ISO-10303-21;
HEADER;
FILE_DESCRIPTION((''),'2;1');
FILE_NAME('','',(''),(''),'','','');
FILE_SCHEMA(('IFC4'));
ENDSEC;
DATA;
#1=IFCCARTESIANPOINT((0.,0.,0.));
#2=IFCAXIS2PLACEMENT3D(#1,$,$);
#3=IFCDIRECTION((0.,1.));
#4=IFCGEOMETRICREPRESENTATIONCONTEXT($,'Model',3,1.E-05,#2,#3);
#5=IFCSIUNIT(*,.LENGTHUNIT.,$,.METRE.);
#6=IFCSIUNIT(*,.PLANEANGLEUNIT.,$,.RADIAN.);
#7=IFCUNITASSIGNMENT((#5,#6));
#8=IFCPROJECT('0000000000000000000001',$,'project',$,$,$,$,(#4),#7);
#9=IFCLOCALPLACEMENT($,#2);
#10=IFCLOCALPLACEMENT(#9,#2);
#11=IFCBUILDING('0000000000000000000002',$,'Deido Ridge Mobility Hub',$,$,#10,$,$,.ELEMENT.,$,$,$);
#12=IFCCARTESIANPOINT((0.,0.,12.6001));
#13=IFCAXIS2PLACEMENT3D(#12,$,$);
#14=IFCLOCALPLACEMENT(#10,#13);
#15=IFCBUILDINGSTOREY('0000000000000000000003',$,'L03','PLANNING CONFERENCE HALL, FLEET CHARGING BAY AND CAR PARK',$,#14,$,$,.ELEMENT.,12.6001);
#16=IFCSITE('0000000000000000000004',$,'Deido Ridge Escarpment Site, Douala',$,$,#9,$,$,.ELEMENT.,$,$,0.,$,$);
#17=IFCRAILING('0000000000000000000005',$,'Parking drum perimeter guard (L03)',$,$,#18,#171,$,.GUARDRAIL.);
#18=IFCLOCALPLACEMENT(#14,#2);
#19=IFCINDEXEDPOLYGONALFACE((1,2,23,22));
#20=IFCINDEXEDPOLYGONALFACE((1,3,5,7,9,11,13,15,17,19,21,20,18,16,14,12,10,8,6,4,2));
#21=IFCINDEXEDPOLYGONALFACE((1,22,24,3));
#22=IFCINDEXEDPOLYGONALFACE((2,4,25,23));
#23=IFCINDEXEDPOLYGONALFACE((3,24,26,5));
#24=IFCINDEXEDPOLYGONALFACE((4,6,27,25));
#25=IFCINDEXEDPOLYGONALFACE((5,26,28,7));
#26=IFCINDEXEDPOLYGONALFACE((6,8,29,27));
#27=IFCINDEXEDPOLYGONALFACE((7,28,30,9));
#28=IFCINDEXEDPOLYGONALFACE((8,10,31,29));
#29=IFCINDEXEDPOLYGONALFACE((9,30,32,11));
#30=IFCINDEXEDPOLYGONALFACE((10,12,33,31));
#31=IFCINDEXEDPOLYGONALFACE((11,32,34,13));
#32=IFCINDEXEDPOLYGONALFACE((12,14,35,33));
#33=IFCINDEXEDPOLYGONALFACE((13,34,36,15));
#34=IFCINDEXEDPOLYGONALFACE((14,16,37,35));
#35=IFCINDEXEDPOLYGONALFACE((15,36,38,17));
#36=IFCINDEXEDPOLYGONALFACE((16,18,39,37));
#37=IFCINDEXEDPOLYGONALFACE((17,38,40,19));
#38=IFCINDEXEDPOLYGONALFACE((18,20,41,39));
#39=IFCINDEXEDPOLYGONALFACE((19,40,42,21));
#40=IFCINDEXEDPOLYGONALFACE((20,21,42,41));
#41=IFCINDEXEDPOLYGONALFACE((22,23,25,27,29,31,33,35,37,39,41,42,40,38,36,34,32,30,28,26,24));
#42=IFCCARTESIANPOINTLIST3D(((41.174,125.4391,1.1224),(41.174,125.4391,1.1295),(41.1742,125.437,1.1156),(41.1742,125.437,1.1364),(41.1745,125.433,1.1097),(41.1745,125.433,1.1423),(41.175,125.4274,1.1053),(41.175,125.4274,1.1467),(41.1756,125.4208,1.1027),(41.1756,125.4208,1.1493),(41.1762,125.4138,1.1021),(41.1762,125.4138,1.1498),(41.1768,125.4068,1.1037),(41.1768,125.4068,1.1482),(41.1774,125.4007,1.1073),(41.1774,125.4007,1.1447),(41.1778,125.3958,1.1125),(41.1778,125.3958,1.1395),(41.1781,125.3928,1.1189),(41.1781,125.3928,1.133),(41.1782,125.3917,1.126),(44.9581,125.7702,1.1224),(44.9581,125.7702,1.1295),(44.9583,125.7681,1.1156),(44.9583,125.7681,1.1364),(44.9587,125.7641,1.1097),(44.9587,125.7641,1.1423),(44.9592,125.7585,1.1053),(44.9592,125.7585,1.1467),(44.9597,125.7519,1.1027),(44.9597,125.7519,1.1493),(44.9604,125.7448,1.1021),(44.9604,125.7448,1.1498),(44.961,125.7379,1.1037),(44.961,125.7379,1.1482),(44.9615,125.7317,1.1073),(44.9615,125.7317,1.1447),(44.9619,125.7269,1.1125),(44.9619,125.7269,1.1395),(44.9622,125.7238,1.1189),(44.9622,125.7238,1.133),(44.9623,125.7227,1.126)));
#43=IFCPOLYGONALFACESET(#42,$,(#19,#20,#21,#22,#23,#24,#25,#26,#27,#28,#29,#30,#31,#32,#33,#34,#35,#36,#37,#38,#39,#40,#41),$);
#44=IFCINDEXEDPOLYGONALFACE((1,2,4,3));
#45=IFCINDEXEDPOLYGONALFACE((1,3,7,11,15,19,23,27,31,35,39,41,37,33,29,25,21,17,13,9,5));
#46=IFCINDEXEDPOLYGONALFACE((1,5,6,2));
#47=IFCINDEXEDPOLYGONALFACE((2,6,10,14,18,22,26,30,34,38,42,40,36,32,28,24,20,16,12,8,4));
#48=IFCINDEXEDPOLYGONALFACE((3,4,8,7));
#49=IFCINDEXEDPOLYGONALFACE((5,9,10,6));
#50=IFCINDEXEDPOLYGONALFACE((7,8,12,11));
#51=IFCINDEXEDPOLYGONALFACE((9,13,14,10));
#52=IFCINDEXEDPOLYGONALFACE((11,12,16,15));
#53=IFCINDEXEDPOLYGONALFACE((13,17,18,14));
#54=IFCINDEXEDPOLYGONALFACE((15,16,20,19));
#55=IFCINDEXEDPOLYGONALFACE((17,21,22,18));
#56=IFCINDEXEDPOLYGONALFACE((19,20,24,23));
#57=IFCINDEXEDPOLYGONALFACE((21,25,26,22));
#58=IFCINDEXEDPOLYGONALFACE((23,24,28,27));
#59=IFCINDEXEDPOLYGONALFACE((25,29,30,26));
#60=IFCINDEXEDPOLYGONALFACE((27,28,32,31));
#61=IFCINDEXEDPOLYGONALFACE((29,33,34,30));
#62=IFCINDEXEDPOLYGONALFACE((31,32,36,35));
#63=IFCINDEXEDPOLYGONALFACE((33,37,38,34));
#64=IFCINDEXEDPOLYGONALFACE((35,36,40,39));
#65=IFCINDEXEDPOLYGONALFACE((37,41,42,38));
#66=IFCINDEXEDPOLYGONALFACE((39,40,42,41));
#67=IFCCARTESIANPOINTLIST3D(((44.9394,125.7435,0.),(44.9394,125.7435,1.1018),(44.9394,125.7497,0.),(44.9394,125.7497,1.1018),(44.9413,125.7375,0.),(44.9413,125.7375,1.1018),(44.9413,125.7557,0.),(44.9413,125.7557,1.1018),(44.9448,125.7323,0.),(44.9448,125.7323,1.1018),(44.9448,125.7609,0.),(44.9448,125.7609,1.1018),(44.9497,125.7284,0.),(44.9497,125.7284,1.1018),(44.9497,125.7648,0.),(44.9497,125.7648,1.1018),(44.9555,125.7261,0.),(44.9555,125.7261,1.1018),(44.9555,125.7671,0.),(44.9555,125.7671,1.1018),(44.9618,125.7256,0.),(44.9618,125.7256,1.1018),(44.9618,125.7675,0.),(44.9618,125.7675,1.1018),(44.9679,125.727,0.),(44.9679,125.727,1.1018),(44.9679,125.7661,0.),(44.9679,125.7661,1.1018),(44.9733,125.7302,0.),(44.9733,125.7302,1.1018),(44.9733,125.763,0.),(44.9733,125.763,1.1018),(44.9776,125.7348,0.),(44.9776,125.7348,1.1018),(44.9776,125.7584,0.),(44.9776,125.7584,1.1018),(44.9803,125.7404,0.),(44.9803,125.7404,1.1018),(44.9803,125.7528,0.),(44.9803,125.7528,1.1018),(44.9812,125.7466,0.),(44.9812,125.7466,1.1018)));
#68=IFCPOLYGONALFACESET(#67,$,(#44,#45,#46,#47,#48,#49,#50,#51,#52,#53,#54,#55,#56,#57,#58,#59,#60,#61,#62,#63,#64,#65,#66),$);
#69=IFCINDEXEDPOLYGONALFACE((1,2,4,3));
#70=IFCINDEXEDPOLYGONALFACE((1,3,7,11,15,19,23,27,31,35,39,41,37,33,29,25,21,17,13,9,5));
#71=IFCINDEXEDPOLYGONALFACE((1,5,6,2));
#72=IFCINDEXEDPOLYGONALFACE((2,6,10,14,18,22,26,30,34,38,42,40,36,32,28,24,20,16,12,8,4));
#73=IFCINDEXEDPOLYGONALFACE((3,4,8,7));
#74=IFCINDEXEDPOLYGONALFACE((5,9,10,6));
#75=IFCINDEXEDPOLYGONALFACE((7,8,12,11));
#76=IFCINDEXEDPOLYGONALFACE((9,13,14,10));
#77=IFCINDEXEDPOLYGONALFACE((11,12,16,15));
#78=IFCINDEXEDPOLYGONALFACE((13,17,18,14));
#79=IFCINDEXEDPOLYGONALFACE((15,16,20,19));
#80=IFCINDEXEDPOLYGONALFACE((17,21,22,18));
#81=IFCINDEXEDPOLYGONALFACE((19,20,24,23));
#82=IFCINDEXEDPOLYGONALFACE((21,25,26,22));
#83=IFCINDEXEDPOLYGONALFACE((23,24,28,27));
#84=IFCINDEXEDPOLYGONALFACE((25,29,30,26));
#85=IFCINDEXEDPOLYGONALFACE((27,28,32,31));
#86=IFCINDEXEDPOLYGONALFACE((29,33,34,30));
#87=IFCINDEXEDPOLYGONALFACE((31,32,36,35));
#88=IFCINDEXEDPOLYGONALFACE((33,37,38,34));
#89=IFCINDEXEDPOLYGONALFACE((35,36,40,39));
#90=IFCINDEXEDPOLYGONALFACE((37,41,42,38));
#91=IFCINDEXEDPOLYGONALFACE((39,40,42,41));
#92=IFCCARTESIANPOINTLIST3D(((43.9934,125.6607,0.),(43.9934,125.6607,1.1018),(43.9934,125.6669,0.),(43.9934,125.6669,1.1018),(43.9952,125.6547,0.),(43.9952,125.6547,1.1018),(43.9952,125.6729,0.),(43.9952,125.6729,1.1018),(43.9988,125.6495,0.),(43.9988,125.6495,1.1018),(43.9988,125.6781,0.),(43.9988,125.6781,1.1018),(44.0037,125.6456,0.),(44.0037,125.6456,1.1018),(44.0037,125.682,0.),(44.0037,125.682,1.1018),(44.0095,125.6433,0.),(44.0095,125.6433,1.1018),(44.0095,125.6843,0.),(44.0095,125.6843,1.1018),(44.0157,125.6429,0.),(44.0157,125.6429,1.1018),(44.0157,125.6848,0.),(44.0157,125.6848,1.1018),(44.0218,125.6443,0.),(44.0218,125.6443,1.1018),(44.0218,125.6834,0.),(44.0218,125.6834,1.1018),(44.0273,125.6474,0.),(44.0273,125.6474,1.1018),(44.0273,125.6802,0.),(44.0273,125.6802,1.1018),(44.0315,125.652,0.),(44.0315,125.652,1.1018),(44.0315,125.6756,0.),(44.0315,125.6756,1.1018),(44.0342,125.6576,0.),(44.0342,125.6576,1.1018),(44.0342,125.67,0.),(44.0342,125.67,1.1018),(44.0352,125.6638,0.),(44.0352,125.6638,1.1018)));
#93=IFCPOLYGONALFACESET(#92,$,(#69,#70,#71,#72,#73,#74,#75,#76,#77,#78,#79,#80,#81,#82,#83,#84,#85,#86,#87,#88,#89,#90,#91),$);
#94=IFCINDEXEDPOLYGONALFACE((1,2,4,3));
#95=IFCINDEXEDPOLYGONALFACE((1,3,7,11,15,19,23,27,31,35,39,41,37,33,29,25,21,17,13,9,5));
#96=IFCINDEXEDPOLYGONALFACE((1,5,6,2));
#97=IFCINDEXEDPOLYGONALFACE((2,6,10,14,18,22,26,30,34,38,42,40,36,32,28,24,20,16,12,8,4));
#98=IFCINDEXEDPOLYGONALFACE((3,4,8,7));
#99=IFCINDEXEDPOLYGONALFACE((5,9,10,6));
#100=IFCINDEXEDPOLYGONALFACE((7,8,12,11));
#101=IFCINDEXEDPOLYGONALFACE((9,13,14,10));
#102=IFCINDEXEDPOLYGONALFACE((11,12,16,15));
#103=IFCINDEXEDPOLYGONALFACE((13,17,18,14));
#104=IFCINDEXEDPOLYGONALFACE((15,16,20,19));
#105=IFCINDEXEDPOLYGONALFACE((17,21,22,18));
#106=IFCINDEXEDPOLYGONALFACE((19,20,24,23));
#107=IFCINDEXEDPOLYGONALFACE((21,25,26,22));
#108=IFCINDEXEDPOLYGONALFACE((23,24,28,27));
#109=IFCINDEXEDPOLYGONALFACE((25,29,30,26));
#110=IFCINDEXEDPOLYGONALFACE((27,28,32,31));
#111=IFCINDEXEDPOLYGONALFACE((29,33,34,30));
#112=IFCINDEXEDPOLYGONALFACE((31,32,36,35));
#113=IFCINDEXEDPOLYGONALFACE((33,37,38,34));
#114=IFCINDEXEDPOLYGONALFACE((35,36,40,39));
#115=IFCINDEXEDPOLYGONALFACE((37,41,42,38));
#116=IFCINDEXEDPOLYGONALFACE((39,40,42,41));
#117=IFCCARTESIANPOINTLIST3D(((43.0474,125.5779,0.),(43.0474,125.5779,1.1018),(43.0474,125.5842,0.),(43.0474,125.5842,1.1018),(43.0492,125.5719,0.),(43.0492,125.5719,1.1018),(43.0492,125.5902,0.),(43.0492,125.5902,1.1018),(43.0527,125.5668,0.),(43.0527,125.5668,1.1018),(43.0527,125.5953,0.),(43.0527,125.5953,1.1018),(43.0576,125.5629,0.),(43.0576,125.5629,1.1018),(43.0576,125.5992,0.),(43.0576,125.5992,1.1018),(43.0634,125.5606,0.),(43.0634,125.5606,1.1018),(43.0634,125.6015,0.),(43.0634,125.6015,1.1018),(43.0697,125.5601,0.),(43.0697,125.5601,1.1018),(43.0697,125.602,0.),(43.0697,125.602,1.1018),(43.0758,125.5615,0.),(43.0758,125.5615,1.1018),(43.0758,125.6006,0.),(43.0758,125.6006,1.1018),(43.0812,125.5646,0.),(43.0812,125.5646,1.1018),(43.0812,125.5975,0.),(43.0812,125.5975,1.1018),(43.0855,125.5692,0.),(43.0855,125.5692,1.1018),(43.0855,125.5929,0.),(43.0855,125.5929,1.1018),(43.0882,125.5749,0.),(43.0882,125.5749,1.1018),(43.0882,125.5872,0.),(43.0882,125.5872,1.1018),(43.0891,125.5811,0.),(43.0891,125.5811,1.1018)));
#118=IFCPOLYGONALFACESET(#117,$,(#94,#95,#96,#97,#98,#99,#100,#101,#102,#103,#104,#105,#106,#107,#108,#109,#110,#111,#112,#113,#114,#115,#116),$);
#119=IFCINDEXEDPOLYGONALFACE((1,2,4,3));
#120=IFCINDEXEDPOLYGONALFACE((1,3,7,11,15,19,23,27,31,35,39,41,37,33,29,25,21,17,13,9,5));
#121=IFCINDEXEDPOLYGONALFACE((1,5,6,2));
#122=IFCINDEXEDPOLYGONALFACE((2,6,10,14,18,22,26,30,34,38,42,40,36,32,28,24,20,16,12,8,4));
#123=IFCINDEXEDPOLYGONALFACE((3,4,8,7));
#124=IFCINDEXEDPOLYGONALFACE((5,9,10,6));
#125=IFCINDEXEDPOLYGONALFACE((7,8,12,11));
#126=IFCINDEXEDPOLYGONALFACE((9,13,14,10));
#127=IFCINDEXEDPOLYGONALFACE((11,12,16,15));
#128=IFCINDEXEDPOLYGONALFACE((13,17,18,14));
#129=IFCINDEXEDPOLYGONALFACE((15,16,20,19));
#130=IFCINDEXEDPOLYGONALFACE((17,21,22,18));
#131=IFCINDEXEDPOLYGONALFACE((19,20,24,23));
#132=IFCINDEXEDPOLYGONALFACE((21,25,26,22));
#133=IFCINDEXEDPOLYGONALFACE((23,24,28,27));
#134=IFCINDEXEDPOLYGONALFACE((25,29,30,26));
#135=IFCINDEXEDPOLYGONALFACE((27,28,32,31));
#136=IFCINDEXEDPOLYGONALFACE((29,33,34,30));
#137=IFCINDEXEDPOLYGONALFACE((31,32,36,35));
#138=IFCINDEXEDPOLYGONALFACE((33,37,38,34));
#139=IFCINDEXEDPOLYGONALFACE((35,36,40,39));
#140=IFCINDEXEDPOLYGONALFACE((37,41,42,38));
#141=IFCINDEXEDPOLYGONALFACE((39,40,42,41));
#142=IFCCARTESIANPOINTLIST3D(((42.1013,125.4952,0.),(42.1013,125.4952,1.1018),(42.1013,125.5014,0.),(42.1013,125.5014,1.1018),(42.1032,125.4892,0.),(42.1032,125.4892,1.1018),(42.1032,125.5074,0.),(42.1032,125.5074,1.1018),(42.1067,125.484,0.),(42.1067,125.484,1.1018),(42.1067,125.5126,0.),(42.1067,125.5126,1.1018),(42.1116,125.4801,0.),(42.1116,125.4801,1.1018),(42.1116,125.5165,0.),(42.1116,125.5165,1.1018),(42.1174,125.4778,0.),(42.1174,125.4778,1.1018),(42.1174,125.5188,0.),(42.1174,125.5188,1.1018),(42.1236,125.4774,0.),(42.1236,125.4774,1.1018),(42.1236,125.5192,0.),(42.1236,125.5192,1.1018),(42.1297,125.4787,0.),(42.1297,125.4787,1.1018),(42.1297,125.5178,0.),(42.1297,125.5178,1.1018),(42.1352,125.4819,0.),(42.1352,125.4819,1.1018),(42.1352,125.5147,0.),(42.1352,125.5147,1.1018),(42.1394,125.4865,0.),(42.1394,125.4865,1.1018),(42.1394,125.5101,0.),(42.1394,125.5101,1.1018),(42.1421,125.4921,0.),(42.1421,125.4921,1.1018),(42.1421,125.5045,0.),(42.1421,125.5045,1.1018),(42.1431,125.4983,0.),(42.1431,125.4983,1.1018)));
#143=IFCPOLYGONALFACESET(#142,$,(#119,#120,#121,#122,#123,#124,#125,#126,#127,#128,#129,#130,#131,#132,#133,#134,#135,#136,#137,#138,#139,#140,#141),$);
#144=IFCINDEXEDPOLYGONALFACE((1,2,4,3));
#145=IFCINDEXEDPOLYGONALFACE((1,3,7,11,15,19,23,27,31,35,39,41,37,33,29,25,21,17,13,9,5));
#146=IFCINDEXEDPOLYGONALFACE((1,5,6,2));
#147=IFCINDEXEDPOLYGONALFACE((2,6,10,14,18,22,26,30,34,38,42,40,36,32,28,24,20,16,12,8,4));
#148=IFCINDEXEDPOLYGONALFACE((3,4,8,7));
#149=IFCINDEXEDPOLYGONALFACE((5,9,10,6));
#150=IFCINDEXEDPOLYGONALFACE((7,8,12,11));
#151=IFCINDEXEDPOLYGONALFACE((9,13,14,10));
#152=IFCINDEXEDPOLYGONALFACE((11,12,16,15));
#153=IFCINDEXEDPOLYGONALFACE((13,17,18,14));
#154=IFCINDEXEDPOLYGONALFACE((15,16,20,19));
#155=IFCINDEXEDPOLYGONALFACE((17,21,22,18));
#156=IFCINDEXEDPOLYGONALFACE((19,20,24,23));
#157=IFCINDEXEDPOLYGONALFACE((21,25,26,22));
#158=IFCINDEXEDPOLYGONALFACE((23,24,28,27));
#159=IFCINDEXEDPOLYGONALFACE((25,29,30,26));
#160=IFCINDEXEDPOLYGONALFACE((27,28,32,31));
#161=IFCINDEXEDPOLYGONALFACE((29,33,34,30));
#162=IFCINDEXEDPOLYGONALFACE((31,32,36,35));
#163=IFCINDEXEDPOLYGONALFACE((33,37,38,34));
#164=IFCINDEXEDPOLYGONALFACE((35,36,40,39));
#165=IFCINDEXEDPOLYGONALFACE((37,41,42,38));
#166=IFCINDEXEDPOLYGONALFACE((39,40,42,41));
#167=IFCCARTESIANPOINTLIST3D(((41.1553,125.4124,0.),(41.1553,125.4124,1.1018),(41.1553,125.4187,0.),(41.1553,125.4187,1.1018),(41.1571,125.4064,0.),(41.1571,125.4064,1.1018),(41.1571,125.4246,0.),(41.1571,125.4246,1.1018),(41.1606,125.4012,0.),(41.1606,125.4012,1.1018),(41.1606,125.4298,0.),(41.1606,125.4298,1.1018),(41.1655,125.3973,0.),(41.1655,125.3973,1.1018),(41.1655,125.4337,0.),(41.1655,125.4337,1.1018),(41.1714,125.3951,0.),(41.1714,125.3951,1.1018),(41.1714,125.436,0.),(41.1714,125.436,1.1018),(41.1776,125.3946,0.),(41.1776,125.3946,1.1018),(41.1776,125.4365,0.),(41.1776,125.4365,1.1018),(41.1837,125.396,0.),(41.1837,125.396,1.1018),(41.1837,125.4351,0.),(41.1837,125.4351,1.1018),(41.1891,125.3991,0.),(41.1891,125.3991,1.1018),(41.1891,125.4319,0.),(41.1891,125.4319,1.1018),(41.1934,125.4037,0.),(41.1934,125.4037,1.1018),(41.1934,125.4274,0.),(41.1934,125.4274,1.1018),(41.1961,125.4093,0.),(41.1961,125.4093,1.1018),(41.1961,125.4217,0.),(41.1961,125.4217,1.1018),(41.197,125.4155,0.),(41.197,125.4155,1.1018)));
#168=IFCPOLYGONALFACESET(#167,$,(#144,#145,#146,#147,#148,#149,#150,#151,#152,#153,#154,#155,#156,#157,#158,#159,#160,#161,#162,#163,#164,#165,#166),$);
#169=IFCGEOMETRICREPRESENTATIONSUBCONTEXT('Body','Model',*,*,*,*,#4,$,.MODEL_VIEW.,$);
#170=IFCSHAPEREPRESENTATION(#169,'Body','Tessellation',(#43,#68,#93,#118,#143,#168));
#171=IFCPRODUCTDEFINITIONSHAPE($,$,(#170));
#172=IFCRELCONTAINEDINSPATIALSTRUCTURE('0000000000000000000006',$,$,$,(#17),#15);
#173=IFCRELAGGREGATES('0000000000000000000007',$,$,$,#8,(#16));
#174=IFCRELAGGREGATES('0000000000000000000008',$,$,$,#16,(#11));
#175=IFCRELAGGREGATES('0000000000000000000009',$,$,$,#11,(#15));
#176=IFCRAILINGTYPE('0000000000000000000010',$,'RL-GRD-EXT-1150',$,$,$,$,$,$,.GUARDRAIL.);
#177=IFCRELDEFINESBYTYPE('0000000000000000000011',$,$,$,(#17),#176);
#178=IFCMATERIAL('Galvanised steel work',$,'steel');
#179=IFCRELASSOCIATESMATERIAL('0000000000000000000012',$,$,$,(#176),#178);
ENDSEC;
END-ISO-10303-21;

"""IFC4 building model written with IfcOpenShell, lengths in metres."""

from ifc_helpers import new_model, si_unit, direction, frame, origin, origin_2d, place, context, subcontext, project, spatial, circle, extrude, material, type_object, element, save


model = new_model("IFC4")

# Units and contexts
model_context = context("Model", 3, precision=1e-05, world=origin(), true_north=direction((0.0, 1.0)))
body_context = subcontext(model_context, "Body", "Model", "MODEL_VIEW")
ifc_project = project(units=[si_unit("LENGTHUNIT", "METRE"), si_unit("PLANEANGLEUNIT", "RADIAN")], contexts=[model_context])

# Site, building, storey
site_placement = place(None, origin())
site = spatial("IfcSite", under=ifc_project, at=site_placement, Name="Deido Ridge Escarpment Site, Douala", CompositionType="ELEMENT", RefElevation=0.0)
building_placement = place(site_placement, origin())
building = spatial("IfcBuilding", under=site, at=building_placement, Name="Deido Ridge Mobility Hub", CompositionType="ELEMENT")
storey_placement = place(building_placement, frame((0.0, 0.0, 12.6001)))
storey = spatial("IfcBuildingStorey", under=building, at=storey_placement, Name="L03", Description="PLANNING CONFERENCE HALL, FLEET CHARGING BAY AND CAR PARK", CompositionType="ELEMENT", Elevation=12.6001)

# Railing
ifc_material_1 = material(Name="Galvanised steel work", Category="steel")
railing_type = type_object("IfcRailingType", Name="RL-GRD-EXT-1150", PredefinedType="GUARDRAIL", material=ifc_material_1)
railing_1_placement = place(storey_placement, frame((44.9602, 125.7466, 0.0)))
element("IfcRailing", 1, at=railing_1_placement, inside=storey, type_object=railing_type, Name="Parking drum perimeter guard (L03)", PredefinedType="GUARDRAIL", context=body_context, shape_type="SweptSolid", body=[
    extrude(circle(Radius=0.0239, at=origin_2d()), frame((0.0, 0.0, 1.126), z_axis=(-0.996195, -0.087151, 0.0), x_axis=(0.087151, -0.996195, 0.0)), (0.0, 0.0, 1.0), 3.7986),
    extrude(circle(Radius=0.021, at=origin_2d()), origin(), (0.0, 0.0, 1.0), 1.1018),
    extrude(circle(Radius=0.021, at=origin_2d()), frame((-0.946, -0.0828, 0.0)), (0.0, 0.0, 1.0), 1.1018),
    extrude(circle(Radius=0.021, at=origin_2d()), frame((-1.8921, -0.1655, 0.0)), (0.0, 0.0, 1.0), 1.1018),
    extrude(circle(Radius=0.021, at=origin_2d()), frame((-2.8381, -0.2483, 0.0)), (0.0, 0.0, 1.0), 1.1018),
    extrude(circle(Radius=0.021, at=origin_2d()), frame((-3.7842, -0.3311, 0.0)), (0.0, 0.0, 1.0), 1.1018),
])

save(model, "model.ifc")
